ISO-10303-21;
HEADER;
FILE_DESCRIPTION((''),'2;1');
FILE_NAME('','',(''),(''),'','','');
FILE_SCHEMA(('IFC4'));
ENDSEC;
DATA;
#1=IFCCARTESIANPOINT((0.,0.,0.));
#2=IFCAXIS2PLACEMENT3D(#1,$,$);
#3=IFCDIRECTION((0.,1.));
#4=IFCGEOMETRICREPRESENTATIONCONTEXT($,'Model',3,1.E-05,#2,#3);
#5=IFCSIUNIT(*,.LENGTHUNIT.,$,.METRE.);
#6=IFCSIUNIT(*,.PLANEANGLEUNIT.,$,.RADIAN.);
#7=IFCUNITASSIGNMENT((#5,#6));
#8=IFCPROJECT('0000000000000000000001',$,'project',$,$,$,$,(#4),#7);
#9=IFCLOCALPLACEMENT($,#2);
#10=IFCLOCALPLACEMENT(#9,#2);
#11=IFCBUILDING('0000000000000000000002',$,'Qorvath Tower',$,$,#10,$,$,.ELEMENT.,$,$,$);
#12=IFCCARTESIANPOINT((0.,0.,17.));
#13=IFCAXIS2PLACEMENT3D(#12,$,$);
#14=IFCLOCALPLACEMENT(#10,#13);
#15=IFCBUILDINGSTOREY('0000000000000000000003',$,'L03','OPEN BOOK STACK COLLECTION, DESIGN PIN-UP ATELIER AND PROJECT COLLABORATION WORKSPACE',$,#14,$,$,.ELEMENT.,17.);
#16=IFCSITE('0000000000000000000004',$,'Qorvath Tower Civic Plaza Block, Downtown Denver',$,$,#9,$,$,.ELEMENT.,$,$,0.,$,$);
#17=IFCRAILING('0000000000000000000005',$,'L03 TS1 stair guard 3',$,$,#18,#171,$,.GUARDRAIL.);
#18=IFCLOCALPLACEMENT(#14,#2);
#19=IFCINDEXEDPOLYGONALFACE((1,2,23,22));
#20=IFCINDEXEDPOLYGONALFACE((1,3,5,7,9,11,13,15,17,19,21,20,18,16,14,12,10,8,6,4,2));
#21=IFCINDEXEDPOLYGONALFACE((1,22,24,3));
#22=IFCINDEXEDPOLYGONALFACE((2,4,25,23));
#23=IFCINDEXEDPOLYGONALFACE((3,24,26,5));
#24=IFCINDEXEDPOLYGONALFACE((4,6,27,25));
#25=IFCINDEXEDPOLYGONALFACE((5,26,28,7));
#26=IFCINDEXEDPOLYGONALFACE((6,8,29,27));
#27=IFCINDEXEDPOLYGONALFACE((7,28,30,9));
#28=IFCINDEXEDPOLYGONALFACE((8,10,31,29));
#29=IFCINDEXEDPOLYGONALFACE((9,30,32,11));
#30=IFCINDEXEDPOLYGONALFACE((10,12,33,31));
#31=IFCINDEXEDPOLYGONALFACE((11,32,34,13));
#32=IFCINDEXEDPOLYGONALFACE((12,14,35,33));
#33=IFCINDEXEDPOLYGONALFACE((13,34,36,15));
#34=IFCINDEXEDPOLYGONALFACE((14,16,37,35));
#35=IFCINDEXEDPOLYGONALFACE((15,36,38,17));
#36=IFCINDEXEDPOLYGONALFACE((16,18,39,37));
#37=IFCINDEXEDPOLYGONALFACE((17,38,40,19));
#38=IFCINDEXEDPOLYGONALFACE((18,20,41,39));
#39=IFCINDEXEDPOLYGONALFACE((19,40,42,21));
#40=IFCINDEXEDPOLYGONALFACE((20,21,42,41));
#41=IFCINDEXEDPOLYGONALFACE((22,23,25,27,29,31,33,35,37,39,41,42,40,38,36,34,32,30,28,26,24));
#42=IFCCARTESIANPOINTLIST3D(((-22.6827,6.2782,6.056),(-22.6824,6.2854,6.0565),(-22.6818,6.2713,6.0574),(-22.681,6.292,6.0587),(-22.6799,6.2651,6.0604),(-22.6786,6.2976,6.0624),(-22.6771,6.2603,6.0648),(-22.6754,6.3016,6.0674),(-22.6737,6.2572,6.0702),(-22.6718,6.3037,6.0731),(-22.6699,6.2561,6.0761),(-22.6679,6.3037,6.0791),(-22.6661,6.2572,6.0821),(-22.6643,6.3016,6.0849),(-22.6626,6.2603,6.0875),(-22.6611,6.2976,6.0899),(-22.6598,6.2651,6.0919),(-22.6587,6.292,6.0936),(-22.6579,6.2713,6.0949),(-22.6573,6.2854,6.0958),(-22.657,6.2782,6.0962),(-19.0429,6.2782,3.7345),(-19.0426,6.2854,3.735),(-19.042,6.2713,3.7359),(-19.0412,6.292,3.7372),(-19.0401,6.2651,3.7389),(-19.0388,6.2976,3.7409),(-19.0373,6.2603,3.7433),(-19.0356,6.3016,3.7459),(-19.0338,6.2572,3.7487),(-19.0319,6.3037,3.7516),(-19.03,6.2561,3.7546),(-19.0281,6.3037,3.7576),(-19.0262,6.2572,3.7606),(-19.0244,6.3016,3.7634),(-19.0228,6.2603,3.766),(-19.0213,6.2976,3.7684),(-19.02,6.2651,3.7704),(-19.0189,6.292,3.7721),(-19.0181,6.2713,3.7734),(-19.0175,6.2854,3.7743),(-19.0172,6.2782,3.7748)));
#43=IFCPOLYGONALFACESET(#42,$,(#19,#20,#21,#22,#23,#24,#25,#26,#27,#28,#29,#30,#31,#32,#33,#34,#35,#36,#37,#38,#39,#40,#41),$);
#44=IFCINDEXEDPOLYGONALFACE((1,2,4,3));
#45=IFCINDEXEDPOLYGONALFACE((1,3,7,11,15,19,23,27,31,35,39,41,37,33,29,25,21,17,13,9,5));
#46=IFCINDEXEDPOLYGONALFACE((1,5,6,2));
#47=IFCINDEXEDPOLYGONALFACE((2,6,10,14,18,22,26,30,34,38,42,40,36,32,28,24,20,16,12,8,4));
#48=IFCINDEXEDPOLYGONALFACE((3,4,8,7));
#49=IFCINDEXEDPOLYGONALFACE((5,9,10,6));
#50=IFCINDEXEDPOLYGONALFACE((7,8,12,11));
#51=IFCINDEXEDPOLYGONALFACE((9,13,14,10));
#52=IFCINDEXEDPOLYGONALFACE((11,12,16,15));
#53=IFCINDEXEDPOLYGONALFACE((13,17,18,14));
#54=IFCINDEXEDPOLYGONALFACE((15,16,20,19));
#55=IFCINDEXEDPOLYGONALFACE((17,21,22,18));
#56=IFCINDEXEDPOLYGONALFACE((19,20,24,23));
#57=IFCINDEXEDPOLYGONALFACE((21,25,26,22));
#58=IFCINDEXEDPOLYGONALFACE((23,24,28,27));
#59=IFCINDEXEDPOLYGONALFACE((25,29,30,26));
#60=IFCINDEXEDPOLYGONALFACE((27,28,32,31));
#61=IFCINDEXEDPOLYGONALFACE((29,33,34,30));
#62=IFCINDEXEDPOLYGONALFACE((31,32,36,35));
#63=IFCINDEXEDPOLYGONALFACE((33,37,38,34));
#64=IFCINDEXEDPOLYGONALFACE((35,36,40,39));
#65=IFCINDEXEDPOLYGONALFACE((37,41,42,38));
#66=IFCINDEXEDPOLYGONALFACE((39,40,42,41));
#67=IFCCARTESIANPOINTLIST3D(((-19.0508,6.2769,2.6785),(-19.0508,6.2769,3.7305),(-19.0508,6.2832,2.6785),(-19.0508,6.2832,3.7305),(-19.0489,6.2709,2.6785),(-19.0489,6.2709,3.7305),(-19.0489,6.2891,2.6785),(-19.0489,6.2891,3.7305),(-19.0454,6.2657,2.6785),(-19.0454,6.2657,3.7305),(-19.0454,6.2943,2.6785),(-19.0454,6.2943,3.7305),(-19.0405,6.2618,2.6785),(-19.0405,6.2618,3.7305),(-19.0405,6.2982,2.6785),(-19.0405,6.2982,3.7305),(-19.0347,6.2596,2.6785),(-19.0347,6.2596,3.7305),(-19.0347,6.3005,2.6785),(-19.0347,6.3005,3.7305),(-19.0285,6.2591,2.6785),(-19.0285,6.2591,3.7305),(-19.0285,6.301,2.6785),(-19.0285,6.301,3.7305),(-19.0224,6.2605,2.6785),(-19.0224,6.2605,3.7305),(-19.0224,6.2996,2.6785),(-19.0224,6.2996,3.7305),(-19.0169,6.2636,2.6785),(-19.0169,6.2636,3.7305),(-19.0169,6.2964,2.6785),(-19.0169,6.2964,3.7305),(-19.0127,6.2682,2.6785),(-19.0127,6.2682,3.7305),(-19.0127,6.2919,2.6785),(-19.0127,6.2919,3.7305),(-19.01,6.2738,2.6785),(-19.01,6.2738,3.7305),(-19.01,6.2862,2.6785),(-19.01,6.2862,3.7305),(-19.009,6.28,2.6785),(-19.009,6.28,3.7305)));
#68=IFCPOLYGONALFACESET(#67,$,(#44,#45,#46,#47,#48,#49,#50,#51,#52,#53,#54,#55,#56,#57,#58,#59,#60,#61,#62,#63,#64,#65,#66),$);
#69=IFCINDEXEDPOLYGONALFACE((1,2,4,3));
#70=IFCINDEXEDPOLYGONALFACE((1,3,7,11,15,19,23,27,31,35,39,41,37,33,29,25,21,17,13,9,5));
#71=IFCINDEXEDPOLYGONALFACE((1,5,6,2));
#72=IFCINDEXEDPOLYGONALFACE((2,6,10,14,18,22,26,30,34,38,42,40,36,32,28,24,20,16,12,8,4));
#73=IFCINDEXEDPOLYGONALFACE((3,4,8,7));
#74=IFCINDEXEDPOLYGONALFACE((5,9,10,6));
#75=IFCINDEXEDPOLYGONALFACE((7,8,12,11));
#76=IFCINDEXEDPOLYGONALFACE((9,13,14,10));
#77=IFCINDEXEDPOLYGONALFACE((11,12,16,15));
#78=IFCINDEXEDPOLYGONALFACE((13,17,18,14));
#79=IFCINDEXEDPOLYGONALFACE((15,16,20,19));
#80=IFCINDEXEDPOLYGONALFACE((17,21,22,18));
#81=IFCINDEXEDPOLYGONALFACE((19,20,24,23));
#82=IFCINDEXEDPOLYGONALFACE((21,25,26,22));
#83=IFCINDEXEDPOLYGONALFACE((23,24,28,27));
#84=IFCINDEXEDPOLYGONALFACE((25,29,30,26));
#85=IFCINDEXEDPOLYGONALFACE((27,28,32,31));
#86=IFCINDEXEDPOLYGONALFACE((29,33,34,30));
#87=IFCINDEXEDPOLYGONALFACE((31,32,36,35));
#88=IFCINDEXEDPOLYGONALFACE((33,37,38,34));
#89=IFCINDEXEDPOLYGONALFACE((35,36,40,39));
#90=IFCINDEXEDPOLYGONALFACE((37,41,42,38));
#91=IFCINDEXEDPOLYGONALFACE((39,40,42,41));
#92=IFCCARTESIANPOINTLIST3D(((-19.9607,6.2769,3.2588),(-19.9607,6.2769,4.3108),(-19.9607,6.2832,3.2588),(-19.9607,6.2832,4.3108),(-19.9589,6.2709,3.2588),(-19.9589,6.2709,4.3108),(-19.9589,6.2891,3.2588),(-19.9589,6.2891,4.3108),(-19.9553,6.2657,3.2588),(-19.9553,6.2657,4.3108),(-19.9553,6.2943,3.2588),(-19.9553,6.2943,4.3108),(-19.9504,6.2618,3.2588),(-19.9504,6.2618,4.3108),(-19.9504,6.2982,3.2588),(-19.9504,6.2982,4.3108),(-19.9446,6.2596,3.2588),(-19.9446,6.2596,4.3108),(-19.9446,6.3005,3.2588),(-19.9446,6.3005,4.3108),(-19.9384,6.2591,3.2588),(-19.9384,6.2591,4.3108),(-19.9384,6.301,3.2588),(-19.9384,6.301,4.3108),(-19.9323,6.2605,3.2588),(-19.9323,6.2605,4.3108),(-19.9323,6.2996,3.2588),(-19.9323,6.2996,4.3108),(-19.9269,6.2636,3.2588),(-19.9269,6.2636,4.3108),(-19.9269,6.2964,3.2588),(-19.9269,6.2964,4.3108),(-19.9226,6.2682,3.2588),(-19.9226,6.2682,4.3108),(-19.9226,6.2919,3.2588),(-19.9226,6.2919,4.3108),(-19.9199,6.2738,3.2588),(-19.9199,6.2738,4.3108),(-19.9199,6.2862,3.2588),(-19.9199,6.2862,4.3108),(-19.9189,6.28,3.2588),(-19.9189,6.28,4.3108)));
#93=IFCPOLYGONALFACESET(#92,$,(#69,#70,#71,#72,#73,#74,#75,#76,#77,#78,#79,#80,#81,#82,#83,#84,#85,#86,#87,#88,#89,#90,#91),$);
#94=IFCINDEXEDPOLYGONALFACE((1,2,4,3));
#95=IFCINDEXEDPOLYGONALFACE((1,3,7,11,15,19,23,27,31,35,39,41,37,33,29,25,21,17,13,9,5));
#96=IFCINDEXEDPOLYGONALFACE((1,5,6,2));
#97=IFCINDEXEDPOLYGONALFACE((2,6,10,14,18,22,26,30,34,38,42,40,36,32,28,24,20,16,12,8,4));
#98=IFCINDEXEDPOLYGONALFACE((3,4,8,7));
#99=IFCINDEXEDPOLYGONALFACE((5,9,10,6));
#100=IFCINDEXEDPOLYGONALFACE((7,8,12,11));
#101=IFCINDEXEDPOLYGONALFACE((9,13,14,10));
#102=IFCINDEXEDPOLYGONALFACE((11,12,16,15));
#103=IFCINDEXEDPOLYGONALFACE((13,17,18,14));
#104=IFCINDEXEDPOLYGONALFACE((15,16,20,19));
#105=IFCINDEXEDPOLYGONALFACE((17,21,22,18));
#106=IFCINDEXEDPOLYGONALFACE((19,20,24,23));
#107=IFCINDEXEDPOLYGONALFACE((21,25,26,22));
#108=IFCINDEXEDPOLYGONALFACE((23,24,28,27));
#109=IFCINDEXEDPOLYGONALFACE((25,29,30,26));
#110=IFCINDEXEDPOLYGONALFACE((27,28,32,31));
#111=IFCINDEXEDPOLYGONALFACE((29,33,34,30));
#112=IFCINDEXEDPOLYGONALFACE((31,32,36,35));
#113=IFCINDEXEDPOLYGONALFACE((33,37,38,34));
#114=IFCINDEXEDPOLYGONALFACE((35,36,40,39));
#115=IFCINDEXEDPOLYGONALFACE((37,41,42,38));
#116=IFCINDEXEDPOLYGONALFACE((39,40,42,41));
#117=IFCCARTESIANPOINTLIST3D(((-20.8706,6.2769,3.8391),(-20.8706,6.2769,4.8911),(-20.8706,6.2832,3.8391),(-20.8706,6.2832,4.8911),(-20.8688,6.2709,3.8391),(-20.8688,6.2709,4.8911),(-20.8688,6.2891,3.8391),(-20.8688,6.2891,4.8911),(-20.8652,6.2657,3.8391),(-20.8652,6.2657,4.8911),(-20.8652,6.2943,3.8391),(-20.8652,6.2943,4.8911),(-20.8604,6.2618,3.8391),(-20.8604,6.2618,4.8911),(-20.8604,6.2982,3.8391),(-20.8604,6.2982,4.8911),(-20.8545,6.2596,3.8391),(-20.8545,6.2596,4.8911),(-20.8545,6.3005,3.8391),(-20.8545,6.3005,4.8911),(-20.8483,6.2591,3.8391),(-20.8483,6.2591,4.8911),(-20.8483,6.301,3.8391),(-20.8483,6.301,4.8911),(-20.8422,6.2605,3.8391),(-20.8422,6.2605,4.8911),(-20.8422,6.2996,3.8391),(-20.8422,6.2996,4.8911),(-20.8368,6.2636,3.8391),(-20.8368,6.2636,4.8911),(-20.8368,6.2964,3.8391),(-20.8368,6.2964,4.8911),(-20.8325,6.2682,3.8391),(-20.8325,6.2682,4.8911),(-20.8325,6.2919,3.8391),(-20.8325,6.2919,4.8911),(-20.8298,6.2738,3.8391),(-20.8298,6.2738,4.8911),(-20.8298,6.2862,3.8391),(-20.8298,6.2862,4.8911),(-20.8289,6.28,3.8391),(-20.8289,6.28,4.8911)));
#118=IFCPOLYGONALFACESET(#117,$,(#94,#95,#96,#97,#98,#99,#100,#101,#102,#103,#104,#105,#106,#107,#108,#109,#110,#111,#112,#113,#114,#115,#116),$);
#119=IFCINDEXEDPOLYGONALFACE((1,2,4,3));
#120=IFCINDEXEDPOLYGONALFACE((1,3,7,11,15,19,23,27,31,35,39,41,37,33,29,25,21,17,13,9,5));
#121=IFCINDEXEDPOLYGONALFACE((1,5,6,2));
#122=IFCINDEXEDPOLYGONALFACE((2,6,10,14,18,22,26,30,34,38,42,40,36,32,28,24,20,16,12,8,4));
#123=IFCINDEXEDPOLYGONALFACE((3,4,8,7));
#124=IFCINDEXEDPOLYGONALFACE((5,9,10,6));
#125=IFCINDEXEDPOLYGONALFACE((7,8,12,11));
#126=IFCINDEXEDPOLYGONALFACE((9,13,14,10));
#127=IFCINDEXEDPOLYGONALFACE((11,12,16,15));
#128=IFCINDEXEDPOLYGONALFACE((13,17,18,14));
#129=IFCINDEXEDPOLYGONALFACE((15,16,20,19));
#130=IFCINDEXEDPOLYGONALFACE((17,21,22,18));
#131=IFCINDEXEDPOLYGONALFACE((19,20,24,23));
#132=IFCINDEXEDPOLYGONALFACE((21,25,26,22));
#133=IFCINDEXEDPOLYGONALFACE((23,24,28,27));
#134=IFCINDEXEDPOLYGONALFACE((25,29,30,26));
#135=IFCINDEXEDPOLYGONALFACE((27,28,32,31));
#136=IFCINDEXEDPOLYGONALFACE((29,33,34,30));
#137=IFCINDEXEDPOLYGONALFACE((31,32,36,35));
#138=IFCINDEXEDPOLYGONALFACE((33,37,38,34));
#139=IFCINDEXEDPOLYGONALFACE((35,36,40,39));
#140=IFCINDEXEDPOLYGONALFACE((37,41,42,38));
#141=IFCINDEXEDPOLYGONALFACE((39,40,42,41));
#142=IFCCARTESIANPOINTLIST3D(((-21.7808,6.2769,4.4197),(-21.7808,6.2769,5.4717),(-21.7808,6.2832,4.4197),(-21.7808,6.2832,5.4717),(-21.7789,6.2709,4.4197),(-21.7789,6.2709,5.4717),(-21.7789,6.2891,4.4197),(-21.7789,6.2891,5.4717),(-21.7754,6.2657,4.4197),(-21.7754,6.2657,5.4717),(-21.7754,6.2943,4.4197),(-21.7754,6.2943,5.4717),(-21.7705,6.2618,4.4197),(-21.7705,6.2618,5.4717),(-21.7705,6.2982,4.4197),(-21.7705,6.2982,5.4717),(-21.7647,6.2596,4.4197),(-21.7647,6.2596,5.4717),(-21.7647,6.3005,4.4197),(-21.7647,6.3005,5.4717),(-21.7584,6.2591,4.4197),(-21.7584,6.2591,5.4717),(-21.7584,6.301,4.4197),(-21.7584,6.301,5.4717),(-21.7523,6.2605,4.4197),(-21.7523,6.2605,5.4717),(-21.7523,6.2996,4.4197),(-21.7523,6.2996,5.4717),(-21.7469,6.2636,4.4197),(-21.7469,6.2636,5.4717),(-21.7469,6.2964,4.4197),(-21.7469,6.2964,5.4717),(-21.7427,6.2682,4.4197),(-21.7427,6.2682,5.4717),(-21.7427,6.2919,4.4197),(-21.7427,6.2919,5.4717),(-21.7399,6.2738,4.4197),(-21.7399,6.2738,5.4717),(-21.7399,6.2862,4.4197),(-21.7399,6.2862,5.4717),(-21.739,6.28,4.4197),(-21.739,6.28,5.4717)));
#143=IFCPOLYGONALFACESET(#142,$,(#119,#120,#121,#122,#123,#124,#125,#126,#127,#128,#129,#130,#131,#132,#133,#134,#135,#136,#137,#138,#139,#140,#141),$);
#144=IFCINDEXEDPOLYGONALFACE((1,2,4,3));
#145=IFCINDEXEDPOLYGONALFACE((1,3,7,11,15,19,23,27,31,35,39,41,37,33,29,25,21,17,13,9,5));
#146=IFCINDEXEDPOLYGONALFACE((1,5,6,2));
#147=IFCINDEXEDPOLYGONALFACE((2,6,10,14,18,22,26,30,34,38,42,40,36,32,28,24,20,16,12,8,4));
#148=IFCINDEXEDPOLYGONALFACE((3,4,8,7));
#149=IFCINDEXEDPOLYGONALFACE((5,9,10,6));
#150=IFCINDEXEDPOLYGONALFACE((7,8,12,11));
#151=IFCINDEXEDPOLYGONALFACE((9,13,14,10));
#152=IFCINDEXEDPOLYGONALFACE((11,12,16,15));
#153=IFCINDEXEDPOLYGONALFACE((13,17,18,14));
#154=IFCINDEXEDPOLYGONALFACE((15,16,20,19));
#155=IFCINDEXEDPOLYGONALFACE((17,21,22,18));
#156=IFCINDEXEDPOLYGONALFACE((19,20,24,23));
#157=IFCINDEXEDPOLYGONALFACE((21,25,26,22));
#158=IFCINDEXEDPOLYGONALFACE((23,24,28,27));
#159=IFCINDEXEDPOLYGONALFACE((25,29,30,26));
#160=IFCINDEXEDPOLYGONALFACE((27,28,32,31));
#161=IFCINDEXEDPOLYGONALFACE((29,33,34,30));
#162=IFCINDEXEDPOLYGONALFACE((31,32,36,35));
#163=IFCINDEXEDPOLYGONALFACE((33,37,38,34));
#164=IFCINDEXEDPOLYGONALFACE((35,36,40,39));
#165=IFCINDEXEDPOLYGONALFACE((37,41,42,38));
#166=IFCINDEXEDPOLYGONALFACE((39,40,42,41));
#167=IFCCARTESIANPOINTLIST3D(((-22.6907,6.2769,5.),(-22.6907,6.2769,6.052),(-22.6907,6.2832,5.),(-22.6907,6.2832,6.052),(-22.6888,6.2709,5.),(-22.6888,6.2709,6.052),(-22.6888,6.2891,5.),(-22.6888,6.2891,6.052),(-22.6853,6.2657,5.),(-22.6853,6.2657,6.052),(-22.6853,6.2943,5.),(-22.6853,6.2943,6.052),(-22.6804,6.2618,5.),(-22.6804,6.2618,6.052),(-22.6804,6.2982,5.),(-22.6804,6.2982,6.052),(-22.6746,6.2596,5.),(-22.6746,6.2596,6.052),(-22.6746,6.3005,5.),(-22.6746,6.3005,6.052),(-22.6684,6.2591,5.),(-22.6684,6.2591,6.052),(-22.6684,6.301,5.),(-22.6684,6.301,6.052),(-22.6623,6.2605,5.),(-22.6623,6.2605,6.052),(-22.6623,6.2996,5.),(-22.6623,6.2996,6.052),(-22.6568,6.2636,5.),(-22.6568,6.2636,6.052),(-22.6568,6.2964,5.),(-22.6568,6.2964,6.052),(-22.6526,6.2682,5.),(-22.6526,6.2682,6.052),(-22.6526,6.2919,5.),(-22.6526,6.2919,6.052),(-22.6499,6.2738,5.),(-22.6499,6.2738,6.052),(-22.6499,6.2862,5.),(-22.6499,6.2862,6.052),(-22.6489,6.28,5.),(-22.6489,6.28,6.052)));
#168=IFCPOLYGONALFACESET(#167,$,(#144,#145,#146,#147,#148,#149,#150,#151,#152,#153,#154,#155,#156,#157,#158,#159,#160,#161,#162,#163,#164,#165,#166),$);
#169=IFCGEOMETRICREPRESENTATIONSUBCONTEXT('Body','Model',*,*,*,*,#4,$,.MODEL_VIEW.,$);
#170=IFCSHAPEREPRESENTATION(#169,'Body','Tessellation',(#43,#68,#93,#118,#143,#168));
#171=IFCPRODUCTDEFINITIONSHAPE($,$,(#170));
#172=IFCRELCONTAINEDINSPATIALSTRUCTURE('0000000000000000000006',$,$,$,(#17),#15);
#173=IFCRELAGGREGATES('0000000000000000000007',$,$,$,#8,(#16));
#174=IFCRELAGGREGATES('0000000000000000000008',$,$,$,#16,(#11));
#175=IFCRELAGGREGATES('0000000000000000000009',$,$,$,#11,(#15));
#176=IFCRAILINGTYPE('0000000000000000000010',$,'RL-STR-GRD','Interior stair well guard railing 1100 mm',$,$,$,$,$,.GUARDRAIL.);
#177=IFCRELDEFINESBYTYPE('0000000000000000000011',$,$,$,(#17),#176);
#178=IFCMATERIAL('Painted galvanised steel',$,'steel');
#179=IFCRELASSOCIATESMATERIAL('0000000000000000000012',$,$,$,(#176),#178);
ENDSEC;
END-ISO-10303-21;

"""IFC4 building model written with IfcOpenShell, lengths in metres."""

from ifc_helpers import new_model, si_unit, direction, frame, origin, origin_2d, place, context, subcontext, project, spatial, circle, extrude, material, type_object, element, save


model = new_model("IFC4")

# Units and contexts
model_context = context("Model", 3, precision=1e-05, world=origin(), true_north=direction((0.0, 1.0)))
body_context = subcontext(model_context, "Body", "Model", "MODEL_VIEW")
ifc_project = project(units=[si_unit("LENGTHUNIT", "METRE"), si_unit("PLANEANGLEUNIT", "RADIAN")], contexts=[model_context])

# Site, building, storey
site_placement = place(None, origin())
site = spatial("IfcSite", under=ifc_project, at=site_placement, Name="Qorvath Tower Civic Plaza Block, Downtown Denver", CompositionType="ELEMENT", RefElevation=0.0)
building_placement = place(site_placement, origin())
building = spatial("IfcBuilding", under=site, at=building_placement, Name="Qorvath Tower", CompositionType="ELEMENT")
storey_placement = place(building_placement, frame((0.0, 0.0, 17.0)))
storey = spatial("IfcBuildingStorey", under=building, at=storey_placement, Name="L03", Description="OPEN BOOK STACK COLLECTION, DESIGN PIN-UP ATELIER AND PROJECT COLLABORATION WORKSPACE", CompositionType="ELEMENT", Elevation=17.0)

# Railing
ifc_material_1 = material(Name="Painted galvanised steel", Category="steel")
railing_type_1 = type_object("IfcRailingType", Name="RL-STR-GRD", Description="Interior stair well guard railing 1100 mm", PredefinedType="GUARDRAIL", material=ifc_material_1)
railing_1_placement = place(storey_placement, frame((-19.03, 6.28, 2.6785)))
element("IfcRailing", 1, at=railing_1_placement, inside=storey, type_object=railing_type_1, Name="L03 TS1 stair guard 3", PredefinedType="GUARDRAIL", context=body_context, shape_type="SweptSolid", body=[
    extrude(circle(Radius=0.0239, at=origin_2d()), frame((0.0, 0.0, 1.0762), z_axis=(-0.843112, 0.0, 0.537739), x_axis=(0.0, -1.0, 0.0)), (0.0, 0.0, 1.0), 4.3171),
    extrude(circle(Radius=0.021, at=origin_2d()), origin(), (0.0, 0.0, 1.0), 1.052),
    extrude(circle(Radius=0.021, at=origin_2d()), frame((-0.9099, 0.0, 0.5803)), (0.0, 0.0, 1.0), 1.052),
    extrude(circle(Radius=0.021, at=origin_2d()), frame((-1.8198, 0.0, 1.1606)), (0.0, 0.0, 1.0), 1.052),
    extrude(circle(Radius=0.021, at=origin_2d()), frame((-2.73, 0.0, 1.7412)), (0.0, 0.0, 1.0), 1.052),
    extrude(circle(Radius=0.021, at=origin_2d()), frame((-3.6399, 0.0, 2.3215)), (0.0, 0.0, 1.0), 1.052),
])

save(model, "model.ifc")
